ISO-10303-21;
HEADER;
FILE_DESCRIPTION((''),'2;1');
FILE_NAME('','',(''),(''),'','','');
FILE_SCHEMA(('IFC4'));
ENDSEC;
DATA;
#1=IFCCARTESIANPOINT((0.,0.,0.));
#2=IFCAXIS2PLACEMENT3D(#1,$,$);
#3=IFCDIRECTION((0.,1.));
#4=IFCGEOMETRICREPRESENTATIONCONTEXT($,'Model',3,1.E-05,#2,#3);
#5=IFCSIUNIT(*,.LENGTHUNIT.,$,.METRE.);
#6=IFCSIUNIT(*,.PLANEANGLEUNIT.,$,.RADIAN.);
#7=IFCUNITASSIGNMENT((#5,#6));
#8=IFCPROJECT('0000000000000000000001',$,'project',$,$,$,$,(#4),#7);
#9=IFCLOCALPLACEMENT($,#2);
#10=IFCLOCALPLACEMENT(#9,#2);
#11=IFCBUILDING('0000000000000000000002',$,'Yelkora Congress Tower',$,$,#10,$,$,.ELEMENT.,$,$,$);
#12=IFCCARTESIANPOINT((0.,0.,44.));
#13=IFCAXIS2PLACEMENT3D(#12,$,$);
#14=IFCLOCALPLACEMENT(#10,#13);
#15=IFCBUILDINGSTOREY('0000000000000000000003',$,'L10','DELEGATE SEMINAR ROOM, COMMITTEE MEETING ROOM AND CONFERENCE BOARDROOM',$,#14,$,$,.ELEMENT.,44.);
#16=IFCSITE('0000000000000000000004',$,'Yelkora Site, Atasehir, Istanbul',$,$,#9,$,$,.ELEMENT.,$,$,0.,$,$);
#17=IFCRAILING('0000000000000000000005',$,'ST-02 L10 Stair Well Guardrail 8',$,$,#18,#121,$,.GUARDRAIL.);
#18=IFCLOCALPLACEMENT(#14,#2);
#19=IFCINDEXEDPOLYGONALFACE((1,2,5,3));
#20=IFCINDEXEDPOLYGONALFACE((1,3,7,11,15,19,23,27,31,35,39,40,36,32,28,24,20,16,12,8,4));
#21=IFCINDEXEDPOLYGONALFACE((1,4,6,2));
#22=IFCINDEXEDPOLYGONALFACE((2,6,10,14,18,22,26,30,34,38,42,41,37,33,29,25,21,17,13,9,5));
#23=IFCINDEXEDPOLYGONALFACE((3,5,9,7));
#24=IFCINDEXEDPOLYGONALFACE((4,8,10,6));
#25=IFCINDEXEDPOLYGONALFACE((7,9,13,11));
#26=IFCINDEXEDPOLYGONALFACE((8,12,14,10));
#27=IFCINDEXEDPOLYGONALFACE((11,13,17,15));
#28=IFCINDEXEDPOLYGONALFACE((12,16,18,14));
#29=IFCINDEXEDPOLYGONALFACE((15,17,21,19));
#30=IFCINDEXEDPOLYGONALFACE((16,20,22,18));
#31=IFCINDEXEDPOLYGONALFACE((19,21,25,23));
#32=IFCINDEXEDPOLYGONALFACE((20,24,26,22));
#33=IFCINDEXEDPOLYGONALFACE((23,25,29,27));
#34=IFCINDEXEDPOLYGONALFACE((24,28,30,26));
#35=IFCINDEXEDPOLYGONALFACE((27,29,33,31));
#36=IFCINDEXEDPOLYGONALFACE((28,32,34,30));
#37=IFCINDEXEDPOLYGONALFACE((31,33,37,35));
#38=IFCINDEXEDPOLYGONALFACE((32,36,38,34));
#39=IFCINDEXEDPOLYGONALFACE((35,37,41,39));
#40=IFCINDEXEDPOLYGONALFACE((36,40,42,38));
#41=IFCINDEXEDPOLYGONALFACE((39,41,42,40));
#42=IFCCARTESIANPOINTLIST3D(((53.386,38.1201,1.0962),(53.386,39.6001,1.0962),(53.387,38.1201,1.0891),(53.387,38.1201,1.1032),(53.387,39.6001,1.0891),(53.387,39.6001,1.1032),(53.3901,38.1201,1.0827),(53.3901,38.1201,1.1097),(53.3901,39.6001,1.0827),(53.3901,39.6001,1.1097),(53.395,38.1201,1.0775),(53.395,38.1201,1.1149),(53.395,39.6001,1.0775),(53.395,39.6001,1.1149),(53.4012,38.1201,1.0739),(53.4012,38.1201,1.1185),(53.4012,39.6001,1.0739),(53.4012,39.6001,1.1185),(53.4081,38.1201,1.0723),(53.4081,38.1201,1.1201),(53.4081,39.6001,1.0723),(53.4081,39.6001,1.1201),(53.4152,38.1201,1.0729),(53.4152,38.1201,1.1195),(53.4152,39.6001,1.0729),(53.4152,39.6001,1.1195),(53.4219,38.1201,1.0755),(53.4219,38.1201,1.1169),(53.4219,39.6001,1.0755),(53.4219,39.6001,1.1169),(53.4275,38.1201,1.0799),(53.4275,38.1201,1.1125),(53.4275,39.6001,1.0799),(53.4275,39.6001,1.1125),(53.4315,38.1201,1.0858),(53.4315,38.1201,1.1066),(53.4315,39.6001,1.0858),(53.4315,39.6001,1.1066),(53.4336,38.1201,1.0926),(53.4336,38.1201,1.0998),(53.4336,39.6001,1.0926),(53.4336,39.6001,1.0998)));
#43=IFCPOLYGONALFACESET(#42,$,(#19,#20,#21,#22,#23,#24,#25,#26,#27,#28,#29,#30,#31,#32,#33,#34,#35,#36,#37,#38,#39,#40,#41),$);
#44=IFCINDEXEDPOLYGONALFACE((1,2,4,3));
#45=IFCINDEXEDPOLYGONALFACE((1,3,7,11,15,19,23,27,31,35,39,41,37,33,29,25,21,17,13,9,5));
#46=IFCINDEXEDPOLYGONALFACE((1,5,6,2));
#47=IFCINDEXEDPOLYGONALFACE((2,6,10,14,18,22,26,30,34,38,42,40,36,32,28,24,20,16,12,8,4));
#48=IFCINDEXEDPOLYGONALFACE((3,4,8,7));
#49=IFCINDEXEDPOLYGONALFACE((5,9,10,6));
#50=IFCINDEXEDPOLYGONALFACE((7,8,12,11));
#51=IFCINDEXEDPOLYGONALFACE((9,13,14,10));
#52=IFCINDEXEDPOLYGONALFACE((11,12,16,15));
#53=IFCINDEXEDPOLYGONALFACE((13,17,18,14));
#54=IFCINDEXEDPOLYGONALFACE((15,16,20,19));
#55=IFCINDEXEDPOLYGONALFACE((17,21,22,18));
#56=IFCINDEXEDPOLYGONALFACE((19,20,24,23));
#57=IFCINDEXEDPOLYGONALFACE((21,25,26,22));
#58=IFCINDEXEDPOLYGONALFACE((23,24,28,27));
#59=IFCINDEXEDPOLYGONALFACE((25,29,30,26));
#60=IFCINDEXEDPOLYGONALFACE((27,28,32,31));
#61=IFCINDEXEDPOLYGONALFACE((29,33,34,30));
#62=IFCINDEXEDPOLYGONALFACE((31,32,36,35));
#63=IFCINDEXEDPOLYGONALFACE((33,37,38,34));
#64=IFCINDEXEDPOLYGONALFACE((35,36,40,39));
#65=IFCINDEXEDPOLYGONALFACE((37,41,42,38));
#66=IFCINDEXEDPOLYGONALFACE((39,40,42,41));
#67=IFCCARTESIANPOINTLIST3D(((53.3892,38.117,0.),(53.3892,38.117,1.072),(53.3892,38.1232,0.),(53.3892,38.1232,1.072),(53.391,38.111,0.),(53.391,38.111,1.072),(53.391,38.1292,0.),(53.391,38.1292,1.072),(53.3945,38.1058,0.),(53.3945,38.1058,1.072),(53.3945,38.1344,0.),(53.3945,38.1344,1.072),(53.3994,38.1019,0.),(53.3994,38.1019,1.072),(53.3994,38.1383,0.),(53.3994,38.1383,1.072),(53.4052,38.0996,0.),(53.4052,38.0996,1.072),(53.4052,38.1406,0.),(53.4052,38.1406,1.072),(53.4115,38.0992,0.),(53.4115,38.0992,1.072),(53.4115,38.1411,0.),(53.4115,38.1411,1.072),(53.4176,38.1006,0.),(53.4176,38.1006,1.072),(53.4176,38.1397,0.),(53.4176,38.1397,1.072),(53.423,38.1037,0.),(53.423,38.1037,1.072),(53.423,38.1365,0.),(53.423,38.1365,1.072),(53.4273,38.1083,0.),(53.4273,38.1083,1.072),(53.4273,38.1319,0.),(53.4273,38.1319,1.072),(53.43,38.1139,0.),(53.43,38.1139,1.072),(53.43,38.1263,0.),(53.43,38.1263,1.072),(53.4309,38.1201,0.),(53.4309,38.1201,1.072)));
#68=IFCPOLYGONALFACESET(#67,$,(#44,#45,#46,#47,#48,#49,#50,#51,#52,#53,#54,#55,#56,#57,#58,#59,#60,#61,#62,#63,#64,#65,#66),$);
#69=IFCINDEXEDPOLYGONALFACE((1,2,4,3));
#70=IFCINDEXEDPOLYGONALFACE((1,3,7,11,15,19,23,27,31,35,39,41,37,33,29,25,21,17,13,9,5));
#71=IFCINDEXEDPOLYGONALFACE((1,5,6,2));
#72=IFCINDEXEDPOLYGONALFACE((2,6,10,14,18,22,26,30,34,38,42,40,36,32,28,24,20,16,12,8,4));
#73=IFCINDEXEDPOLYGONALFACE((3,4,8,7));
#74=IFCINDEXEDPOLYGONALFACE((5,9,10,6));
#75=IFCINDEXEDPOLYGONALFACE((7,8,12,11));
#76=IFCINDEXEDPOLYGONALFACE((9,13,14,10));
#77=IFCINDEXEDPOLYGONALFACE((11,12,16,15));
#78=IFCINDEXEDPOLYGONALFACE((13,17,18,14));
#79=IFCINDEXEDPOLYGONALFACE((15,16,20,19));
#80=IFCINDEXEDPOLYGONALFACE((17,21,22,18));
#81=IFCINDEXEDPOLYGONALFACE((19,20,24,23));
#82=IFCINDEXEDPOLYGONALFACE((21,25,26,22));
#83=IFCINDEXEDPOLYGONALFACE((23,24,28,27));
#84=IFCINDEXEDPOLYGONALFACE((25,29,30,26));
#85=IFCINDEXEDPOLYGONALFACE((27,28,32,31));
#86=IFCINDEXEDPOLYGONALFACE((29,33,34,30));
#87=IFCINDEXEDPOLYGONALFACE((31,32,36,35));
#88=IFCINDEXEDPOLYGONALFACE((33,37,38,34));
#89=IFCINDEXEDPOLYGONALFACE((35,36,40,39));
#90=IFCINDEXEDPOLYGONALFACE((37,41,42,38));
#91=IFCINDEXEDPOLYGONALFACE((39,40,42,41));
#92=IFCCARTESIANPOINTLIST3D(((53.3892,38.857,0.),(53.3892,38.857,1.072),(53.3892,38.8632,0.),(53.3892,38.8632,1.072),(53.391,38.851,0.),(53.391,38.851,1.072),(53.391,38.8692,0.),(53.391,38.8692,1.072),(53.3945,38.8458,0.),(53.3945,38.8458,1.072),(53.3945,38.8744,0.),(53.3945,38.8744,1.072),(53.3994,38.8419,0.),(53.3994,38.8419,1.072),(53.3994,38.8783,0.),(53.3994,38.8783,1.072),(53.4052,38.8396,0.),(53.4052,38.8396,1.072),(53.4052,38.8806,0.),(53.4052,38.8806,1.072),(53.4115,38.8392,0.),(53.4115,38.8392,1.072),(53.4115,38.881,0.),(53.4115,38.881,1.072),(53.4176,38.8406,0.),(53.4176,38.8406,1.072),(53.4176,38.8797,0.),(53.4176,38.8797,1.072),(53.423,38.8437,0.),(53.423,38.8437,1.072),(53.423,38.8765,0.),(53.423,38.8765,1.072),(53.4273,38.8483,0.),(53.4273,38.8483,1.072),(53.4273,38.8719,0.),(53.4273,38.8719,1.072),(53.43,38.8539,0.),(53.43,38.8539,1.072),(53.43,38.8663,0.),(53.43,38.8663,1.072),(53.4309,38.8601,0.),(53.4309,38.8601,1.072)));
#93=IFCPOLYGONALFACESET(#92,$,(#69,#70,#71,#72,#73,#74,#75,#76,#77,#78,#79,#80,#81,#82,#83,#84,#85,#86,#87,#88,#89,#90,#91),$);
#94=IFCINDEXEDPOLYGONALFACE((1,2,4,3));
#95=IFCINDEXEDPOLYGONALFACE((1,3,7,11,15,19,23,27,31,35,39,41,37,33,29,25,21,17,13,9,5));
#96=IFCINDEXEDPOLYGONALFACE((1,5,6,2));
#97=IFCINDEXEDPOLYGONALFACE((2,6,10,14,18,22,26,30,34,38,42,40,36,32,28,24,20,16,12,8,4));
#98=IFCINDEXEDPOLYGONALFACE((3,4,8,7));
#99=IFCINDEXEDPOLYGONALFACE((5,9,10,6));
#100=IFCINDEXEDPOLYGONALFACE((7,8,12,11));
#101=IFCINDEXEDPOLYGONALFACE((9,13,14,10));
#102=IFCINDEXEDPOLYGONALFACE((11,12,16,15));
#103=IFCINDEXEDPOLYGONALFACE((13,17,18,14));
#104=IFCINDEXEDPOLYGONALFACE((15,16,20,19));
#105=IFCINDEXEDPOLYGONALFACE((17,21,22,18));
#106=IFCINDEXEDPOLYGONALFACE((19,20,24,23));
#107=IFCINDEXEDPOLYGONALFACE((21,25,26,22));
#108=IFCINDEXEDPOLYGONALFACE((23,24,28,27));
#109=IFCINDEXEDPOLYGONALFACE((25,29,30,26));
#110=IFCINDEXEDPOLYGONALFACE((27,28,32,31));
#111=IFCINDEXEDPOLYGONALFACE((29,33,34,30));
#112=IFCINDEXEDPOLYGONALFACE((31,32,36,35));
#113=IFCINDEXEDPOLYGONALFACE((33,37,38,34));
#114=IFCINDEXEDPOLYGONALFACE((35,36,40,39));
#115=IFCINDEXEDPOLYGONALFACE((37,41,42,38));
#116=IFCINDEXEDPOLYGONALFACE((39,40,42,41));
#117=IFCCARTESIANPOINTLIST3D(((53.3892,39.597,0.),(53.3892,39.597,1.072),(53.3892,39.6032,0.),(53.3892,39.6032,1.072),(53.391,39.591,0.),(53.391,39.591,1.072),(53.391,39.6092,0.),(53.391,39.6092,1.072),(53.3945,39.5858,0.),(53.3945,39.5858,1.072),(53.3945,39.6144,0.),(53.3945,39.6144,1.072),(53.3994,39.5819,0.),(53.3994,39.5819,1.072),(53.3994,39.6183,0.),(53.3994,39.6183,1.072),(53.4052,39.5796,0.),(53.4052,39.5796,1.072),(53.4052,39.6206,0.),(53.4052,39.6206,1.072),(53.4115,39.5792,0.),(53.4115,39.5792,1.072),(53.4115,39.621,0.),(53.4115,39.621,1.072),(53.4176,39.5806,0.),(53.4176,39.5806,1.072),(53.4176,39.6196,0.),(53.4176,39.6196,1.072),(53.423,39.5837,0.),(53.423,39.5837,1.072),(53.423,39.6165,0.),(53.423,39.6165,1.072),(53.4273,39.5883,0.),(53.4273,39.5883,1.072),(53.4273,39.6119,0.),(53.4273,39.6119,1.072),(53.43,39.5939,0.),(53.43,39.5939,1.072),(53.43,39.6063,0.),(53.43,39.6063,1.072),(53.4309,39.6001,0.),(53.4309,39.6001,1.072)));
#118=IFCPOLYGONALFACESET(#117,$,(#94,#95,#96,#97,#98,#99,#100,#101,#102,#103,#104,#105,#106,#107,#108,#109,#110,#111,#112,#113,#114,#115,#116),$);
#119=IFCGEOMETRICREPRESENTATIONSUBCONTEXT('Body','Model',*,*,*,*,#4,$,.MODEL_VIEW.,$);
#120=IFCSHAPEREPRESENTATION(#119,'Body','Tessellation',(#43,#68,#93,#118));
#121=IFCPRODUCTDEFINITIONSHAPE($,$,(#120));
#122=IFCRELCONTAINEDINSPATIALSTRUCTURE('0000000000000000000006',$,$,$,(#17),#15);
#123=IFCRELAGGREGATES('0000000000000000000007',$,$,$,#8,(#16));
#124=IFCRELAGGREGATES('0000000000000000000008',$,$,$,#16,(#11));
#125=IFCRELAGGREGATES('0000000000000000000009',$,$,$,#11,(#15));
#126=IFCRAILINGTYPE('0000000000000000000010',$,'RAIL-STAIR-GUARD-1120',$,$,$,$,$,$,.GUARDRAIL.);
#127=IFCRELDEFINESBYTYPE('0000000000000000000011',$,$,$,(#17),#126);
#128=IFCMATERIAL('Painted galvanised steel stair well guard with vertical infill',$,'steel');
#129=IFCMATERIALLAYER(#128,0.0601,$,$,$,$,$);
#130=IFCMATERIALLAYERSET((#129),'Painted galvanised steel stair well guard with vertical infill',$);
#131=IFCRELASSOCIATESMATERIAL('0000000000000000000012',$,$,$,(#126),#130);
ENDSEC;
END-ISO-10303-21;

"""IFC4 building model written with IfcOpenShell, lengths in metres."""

from ifc_helpers import new_model, si_unit, direction, frame, origin, origin_2d, place, context, subcontext, project, spatial, circle, extrude, material, layer, layer_set, type_object, element, save


model = new_model("IFC4")

# Units and contexts
model_context = context("Model", 3, precision=1e-05, world=origin(), true_north=direction((0.0, 1.0)))
body_context = subcontext(model_context, "Body", "Model", "MODEL_VIEW")
ifc_project = project(units=[si_unit("LENGTHUNIT", "METRE"), si_unit("PLANEANGLEUNIT", "RADIAN")], contexts=[model_context])

# Site, building, storey
site_placement = place(None, origin())
site = spatial("IfcSite", under=ifc_project, at=site_placement, Name="Yelkora Site, Atasehir, Istanbul", CompositionType="ELEMENT", RefElevation=0.0)
building_placement = place(site_placement, origin())
building = spatial("IfcBuilding", under=site, at=building_placement, Name="Yelkora Congress Tower", CompositionType="ELEMENT")
storey_placement = place(building_placement, frame((0.0, 0.0, 44.0)))
storey = spatial("IfcBuildingStorey", under=building, at=storey_placement, Name="L10", Description="DELEGATE SEMINAR ROOM, COMMITTEE MEETING ROOM AND CONFERENCE BOARDROOM", CompositionType="ELEMENT", Elevation=44.0)

# Railing
ifc_material_1 = material(Name="Painted galvanised steel stair well guard with vertical infill", Category="steel")
ifc_layer_1 = layer(ifc_material_1, 0.0601)
ifc_layer_set_1 = layer_set([ifc_layer_1], Name="Painted galvanised steel stair well guard with vertical infill")
railing_type_1 = type_object("IfcRailingType", Name="RAIL-STAIR-GUARD-1120", PredefinedType="GUARDRAIL", material=ifc_layer_set_1)
railing_1_placement = place(storey_placement, frame((53.4099, 38.1201, 0.0)))
element("IfcRailing", 1, at=railing_1_placement, inside=storey, type_object=railing_type_1, Name="ST-02 L10 Stair Well Guardrail 8", PredefinedType="GUARDRAIL", context=body_context, shape_type="SweptSolid", body=[
    extrude(circle(Radius=0.0239, at=origin_2d()), frame((0.0, 0.0, 1.0962), z_axis=(0.0, 1.0, 0.0), x_axis=(-1.0, 0.0, 0.0)), (0.0, 0.0, 1.0), 1.48),
    extrude(circle(Radius=0.021, at=origin_2d()), origin(), (0.0, 0.0, 1.0), 1.072),
    extrude(circle(Radius=0.021, at=origin_2d()), frame((0.0, 0.74, 0.0)), (0.0, 0.0, 1.0), 1.072),
    extrude(circle(Radius=0.021, at=origin_2d()), frame((0.0, 1.48, 0.0)), (0.0, 0.0, 1.0), 1.072),
])

save(model, "model.ifc")
